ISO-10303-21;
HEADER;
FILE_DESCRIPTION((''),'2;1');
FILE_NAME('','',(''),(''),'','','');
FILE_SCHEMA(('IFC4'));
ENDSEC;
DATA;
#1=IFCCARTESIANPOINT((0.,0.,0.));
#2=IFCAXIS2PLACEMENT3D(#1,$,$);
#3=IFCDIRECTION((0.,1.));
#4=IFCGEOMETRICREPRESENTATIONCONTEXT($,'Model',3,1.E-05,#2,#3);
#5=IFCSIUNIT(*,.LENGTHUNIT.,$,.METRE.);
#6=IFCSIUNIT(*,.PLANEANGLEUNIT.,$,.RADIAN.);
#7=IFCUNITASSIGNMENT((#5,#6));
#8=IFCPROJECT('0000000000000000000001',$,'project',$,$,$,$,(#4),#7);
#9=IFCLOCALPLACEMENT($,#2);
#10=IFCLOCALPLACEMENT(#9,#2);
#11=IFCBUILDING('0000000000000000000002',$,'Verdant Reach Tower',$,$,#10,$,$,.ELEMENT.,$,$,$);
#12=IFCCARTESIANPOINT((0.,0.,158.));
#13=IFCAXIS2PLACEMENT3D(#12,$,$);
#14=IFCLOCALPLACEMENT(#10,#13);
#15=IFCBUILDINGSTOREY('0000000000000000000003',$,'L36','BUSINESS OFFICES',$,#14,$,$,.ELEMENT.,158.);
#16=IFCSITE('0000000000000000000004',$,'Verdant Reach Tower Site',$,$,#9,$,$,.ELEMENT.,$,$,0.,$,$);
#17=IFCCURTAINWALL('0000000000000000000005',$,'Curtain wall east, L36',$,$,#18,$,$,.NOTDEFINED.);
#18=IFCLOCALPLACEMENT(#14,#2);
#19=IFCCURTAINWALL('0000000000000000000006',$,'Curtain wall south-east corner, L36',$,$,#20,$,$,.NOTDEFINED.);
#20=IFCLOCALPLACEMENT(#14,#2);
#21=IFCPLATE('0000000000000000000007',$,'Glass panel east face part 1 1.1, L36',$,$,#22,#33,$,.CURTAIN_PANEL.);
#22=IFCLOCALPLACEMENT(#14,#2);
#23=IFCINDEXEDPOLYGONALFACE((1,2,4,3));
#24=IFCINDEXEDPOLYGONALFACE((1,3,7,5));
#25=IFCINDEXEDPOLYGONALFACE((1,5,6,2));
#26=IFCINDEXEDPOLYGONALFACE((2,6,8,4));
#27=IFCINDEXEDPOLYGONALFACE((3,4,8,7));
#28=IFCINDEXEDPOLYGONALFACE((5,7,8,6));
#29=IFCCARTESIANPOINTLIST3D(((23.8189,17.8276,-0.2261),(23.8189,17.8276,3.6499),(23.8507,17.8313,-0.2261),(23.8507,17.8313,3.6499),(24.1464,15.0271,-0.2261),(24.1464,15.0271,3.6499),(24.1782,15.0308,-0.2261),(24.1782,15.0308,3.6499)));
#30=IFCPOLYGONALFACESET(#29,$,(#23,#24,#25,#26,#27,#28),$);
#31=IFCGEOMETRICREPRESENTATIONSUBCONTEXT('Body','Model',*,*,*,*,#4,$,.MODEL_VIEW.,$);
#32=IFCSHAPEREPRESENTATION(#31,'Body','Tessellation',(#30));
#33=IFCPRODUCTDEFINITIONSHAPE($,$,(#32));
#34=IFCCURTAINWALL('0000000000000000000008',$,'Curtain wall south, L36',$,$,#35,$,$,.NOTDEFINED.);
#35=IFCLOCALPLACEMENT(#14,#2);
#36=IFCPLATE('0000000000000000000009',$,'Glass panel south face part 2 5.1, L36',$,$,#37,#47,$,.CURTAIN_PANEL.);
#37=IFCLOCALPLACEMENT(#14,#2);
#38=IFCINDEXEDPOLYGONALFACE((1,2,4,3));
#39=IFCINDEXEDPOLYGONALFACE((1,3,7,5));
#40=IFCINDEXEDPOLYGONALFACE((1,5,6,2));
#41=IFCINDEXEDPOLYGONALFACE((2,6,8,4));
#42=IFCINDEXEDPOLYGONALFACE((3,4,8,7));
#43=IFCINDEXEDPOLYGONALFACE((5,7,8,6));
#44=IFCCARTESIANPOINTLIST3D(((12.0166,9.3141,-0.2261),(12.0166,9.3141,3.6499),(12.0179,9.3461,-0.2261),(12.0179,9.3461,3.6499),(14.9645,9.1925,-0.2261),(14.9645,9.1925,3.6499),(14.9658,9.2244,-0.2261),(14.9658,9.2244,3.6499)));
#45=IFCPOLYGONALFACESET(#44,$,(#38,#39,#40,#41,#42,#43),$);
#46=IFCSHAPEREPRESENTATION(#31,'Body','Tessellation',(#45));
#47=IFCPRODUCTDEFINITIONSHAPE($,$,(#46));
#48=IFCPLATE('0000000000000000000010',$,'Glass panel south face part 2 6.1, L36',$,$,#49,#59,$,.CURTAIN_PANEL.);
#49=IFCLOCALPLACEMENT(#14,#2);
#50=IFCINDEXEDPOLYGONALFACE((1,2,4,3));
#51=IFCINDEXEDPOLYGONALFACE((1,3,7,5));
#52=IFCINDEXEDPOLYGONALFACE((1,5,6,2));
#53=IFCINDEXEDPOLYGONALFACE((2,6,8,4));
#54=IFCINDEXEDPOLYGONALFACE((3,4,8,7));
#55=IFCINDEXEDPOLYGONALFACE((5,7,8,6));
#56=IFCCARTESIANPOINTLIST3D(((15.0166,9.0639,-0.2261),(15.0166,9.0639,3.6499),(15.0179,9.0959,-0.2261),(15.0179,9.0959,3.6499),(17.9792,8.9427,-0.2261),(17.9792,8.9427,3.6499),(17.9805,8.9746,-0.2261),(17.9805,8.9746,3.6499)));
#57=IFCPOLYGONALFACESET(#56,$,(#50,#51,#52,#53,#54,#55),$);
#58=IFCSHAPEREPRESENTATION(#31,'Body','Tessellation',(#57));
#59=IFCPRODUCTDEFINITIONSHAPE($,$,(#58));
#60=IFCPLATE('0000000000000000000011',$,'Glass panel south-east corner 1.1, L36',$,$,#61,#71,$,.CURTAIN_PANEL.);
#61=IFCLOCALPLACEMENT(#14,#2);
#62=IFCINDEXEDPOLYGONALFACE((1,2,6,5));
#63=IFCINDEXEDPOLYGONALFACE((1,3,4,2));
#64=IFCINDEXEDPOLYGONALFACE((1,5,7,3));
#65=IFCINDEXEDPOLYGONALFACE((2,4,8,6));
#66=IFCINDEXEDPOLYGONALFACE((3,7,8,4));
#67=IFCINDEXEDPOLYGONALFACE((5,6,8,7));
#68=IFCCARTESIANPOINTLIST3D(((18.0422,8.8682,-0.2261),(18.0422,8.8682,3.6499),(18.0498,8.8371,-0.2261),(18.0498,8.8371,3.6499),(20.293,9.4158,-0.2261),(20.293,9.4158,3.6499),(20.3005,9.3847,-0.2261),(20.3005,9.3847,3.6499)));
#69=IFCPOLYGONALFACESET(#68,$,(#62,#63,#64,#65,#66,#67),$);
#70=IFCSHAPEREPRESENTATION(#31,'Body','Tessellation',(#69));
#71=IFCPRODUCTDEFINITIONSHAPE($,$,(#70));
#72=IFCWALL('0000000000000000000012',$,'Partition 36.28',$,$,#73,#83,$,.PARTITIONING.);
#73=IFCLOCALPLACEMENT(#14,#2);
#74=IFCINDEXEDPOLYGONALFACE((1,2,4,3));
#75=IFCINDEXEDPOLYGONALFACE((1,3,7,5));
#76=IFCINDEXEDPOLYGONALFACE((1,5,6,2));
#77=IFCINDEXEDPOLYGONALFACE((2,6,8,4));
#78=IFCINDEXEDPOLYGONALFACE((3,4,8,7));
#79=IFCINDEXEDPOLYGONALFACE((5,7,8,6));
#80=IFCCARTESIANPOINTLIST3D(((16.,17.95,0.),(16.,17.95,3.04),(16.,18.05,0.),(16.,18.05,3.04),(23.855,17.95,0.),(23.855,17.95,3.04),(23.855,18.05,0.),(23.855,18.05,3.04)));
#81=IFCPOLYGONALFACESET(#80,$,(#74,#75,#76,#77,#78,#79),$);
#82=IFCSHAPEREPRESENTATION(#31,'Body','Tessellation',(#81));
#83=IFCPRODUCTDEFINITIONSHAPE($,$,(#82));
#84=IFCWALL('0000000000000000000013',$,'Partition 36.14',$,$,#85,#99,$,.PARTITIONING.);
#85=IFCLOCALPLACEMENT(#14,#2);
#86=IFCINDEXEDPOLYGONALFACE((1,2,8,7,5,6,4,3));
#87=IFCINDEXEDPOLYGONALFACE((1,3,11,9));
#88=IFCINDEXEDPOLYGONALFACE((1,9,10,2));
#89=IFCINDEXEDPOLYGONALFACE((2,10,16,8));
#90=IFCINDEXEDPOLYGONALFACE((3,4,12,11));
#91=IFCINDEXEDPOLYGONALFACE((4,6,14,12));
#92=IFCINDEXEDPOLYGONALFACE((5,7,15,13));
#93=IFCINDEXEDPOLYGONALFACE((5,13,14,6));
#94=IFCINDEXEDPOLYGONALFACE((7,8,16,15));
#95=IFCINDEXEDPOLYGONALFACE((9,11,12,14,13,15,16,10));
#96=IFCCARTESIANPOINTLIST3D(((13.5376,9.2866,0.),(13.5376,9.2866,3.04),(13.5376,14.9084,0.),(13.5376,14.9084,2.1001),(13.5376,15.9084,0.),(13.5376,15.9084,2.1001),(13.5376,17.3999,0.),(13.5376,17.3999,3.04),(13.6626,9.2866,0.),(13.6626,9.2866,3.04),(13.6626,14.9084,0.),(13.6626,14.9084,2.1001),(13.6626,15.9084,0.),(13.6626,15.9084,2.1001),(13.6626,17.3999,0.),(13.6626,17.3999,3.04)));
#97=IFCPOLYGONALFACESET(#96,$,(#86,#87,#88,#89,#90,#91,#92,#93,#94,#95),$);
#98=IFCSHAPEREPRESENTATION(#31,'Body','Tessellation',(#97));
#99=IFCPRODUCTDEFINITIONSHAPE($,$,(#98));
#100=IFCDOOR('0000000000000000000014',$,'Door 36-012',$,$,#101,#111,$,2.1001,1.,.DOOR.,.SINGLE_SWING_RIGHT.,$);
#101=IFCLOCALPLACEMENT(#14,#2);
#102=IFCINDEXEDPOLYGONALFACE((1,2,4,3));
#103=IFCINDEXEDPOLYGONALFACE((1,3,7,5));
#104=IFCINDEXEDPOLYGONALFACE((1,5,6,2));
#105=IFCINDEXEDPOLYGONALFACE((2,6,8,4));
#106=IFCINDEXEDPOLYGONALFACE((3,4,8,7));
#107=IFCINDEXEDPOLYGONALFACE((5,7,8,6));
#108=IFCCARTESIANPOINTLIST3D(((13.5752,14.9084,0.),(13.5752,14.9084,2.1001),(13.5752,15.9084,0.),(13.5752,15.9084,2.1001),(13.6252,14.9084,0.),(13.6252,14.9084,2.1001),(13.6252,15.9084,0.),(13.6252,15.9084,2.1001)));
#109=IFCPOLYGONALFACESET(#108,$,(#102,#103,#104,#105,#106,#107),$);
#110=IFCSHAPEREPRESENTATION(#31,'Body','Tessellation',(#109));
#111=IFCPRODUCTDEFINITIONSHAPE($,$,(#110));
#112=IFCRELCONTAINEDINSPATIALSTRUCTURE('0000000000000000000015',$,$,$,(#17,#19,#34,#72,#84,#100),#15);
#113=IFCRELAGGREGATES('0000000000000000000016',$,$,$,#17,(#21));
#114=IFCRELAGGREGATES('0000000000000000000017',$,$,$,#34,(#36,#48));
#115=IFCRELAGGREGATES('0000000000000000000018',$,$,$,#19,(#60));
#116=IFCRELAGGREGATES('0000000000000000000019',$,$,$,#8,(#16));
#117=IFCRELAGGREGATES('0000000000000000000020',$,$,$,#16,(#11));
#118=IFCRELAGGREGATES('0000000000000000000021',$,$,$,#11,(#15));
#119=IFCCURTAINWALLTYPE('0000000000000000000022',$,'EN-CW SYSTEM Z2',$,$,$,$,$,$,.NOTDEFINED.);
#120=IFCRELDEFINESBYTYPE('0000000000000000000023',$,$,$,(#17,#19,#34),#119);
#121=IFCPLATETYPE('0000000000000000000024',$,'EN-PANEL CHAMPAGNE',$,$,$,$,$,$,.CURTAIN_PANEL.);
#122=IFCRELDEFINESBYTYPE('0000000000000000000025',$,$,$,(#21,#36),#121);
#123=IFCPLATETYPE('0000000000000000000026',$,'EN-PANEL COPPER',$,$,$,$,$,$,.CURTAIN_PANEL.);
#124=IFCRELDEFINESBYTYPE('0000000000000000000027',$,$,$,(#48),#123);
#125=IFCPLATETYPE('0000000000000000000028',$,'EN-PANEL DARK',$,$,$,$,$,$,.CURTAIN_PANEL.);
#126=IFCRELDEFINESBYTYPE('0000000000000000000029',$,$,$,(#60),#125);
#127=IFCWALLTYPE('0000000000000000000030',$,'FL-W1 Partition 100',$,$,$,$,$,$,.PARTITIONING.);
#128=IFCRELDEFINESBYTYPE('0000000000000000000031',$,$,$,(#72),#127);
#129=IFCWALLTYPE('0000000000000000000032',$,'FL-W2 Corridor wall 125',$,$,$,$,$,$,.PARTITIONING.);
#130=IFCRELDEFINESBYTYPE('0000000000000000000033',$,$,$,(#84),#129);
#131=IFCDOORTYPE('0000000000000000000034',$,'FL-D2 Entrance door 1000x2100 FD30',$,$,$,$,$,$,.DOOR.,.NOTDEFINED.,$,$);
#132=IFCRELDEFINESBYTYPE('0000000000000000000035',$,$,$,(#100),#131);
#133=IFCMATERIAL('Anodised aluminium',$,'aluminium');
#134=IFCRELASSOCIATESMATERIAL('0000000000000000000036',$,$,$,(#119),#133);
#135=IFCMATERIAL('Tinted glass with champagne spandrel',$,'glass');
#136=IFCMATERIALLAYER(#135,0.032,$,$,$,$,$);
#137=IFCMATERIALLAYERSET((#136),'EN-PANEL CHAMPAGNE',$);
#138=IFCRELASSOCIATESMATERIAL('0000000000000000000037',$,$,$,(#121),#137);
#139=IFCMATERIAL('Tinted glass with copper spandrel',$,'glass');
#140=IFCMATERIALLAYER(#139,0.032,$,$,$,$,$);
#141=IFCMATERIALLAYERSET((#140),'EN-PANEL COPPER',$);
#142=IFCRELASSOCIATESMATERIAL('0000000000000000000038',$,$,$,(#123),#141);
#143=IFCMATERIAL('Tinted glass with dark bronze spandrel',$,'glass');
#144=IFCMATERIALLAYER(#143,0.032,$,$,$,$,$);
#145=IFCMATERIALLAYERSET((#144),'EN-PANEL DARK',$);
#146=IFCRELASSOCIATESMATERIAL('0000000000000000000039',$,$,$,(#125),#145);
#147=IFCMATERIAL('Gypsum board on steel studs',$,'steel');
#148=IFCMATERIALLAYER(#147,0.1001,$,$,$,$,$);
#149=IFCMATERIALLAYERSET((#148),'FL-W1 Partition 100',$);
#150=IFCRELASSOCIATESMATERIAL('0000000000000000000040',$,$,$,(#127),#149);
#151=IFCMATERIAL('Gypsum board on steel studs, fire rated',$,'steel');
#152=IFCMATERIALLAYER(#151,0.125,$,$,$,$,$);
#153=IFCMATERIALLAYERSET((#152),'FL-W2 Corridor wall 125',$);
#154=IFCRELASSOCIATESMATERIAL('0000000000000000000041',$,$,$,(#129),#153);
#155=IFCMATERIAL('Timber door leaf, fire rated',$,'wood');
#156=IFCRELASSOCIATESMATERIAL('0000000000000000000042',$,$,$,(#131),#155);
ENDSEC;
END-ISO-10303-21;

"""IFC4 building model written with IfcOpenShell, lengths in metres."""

from ifc_helpers import new_model, si_unit, direction, frame, frame_2d, origin, origin_2d, place, context, subcontext, project, spatial, rectangle, extrude, material, layer, layer_set, type_object, element, fill, aggregate, save


model = new_model("IFC4")

# Units and contexts
model_context = context("Model", 3, precision=1e-05, world=origin(), true_north=direction((0.0, 1.0)))
body_context = subcontext(model_context, "Body", "Model", "MODEL_VIEW")
ifc_project = project(units=[si_unit("LENGTHUNIT", "METRE"), si_unit("PLANEANGLEUNIT", "RADIAN")], contexts=[model_context])

# Site, building, storey
site_placement = place(None, origin())
site = spatial("IfcSite", under=ifc_project, at=site_placement, Name="Verdant Reach Tower Site", CompositionType="ELEMENT", RefElevation=0.0)
building_placement = place(site_placement, origin())
building = spatial("IfcBuilding", under=site, at=building_placement, Name="Verdant Reach Tower", CompositionType="ELEMENT")
storey_placement = place(building_placement, frame((0.0, 0.0, 158.0)))
storey = spatial("IfcBuildingStorey", under=building, at=storey_placement, Name="L36", Description="BUSINESS OFFICES", CompositionType="ELEMENT", Elevation=158.0)

# Curtain wall
ifc_material_1 = material(Name="Anodised aluminium", Category="aluminium")
curtain_wall_type = type_object("IfcCurtainWallType", Name="EN-CW SYSTEM Z2", PredefinedType="NOTDEFINED", material=ifc_material_1)
curtain_wall_1_placement = place(storey_placement, origin())
curtain_wall_1 = element("IfcCurtainWall", 1, at=curtain_wall_1_placement, inside=storey, type_object=curtain_wall_type, Name="Curtain wall east, L36", PredefinedType="NOTDEFINED")

# Curtain wall
curtain_wall_2_placement = place(storey_placement, origin())
curtain_wall_2 = element("IfcCurtainWall", 2, at=curtain_wall_2_placement, inside=storey, type_object=curtain_wall_type, Name="Curtain wall south-east corner, L36", PredefinedType="NOTDEFINED")
ifc_material_2 = material(Name="Tinted glass with champagne spandrel", Category="glass")
ifc_layer_1 = layer(ifc_material_2, 0.032)
ifc_layer_set_1 = layer_set([ifc_layer_1], Name="EN-PANEL CHAMPAGNE")
plate_type_1 = type_object("IfcPlateType", Name="EN-PANEL CHAMPAGNE", PredefinedType="CURTAIN_PANEL", material=ifc_layer_set_1)

# Plate
plate_1_placement = place(storey_placement, frame((23.9985, 16.4292, -0.2261), z_axis=(0.0, 0.0, 1.0), x_axis=(-0.116147, 0.993232, 0.0)))
plate_1 = element("IfcPlate", 3, at=plate_1_placement, type_object=plate_type_1, Name="Glass panel east face part 1 1.1, L36", PredefinedType="CURTAIN_PANEL", context=body_context, shape_type="SweptSolid", body=[
    extrude(rectangle(XDim=2.8196, YDim=0.032, at=origin_2d()), origin(), (0.0, 0.0, 1.0), 3.876),
])
aggregate(curtain_wall_1, [plate_1])

# Curtain wall, plates
curtain_wall_3_placement = place(storey_placement, origin())
curtain_wall_3 = element("IfcCurtainWall", 4, at=curtain_wall_3_placement, inside=storey, type_object=curtain_wall_type, Name="Curtain wall south, L36", PredefinedType="NOTDEFINED")
plate_2_placement = place(storey_placement, frame((13.4912, 9.2693, -0.2261), z_axis=(0.0, 0.0, 1.0), x_axis=(0.999149, -0.041242, 0.0)))
plate_2 = element("IfcPlate", 5, at=plate_2_placement, type_object=plate_type_1, Name="Glass panel south face part 2 5.1, L36", PredefinedType="CURTAIN_PANEL", context=body_context, shape_type="SweptSolid", body=[
    extrude(rectangle(XDim=2.9504, YDim=0.032, at=origin_2d()), origin(), (0.0, 0.0, 1.0), 3.876),
])
ifc_material_3 = material(Name="Tinted glass with copper spandrel", Category="glass")
ifc_layer_2 = layer(ifc_material_3, 0.032)
ifc_layer_set_2 = layer_set([ifc_layer_2], Name="EN-PANEL COPPER")
plate_type_2 = type_object("IfcPlateType", Name="EN-PANEL COPPER", PredefinedType="CURTAIN_PANEL", material=ifc_layer_set_2)
plate_3_placement = place(storey_placement, frame((16.4985, 9.0193, -0.2261), z_axis=(0.0, 0.0, 1.0), x_axis=(0.999163, -0.0409, 0.0)))
plate_3 = element("IfcPlate", 6, at=plate_3_placement, type_object=plate_type_2, Name="Glass panel south face part 2 6.1, L36", PredefinedType="CURTAIN_PANEL", context=body_context, shape_type="SweptSolid", body=[
    extrude(rectangle(XDim=2.9651, YDim=0.032, at=origin_2d()), origin(), (0.0, 0.0, 1.0), 3.876),
])
aggregate(curtain_wall_3, [plate_2, plate_3])

# Plate
ifc_material_4 = material(Name="Tinted glass with dark bronze spandrel", Category="glass")
ifc_layer_3 = layer(ifc_material_4, 0.032)
ifc_layer_set_3 = layer_set([ifc_layer_3], Name="EN-PANEL DARK")
plate_type_3 = type_object("IfcPlateType", Name="EN-PANEL DARK", PredefinedType="CURTAIN_PANEL", material=ifc_layer_set_3)
plate_4_placement = place(storey_placement, frame((19.1714, 9.1265, -0.2261), z_axis=(0.0, 0.0, 1.0), x_axis=(0.971658, 0.236391, 0.0)))
plate_4 = element("IfcPlate", 7, at=plate_4_placement, type_object=plate_type_3, Name="Glass panel south-east corner 1.1, L36", PredefinedType="CURTAIN_PANEL", context=body_context, shape_type="SweptSolid", body=[
    extrude(rectangle(XDim=2.3164, YDim=0.032, at=origin_2d()), origin(), (0.0, 0.0, 1.0), 3.876),
])
aggregate(curtain_wall_2, [plate_4])

# Wall
ifc_material_5 = material(Name="Gypsum board on steel studs", Category="steel")
ifc_layer_4 = layer(ifc_material_5, 0.1001)
ifc_layer_set_4 = layer_set([ifc_layer_4], Name="FL-W1 Partition 100")
wall_type_1 = type_object("IfcWallType", Name="FL-W1 Partition 100", PredefinedType="PARTITIONING", material=ifc_layer_set_4)
wall_1_placement = place(storey_placement, frame((23.855, 18.0, 0.0), z_axis=(0.0, 0.0, 1.0), x_axis=(-1.0, 0.0, 0.0)))
element("IfcWall", 8, at=wall_1_placement, inside=storey, type_object=wall_type_1, Name="Partition 36.28", PredefinedType="PARTITIONING", context=body_context, shape_type="SweptSolid", body=[
    extrude(rectangle(XDim=7.855, YDim=0.1001, at=frame_2d((3.9275, 0.0))), origin(), (0.0, 0.0, 1.0), 3.04),
])

# Wall, opening, door
ifc_material_6 = material(Name="Gypsum board on steel studs, fire rated", Category="steel")
ifc_layer_5 = layer(ifc_material_6, 0.125)
ifc_layer_set_5 = layer_set([ifc_layer_5], Name="FL-W2 Corridor wall 125")
wall_type_2 = type_object("IfcWallType", Name="FL-W2 Corridor wall 125", PredefinedType="PARTITIONING", material=ifc_layer_set_5)
ifc_material_7 = material(Name="Timber door leaf, fire rated", Category="wood")
door_type = type_object("IfcDoorType", Name="FL-D2 Entrance door 1000x2100 FD30", OperationType="NOTDEFINED", PredefinedType="DOOR", material=ifc_material_7)
wall_2_placement = place(storey_placement, frame((13.6001, 9.2866, 0.0), z_axis=(0.0, 0.0, 1.0), x_axis=(0.0, 1.0, 0.0)))
wall_2 = element("IfcWall", 9, at=wall_2_placement, inside=storey, type_object=wall_type_2, Name="Partition 36.14", PredefinedType="PARTITIONING", context=body_context, shape_type="SweptSolid", body=[
    extrude(rectangle(XDim=8.1133, YDim=0.125, at=frame_2d((4.0566, 0.0))), origin(), (0.0, 0.0, 1.0), 3.04),
])
opening_1_placement = place(wall_2_placement, frame((5.6218, 0.0, 0.0)))
opening_1 = element("IfcOpeningElement", 10, at=opening_1_placement, cuts=wall_2, PredefinedType="OPENING", context=body_context, shape_type="SweptSolid", body=[
    extrude(rectangle(XDim=1.0, YDim=2.1001, at=frame_2d((0.5, 1.05))), frame((0.0, 0.0725, 0.0), z_axis=(0.0, -1.0, 0.0), x_axis=(1.0, 0.0, 0.0)), (0.0, 0.0, 1.0), 0.145),
])
door_1_placement = place(opening_1_placement, origin())
door_1 = element("IfcDoor", 11, at=door_1_placement, inside=storey, type_object=door_type, Name="Door 36-012", OperationType="SINGLE_SWING_RIGHT", OverallHeight=2.1001, OverallWidth=1.0, PredefinedType="DOOR", context=body_context, shape_type="SweptSolid", body=[
    extrude(rectangle(XDim=1.0, YDim=2.1001, at=frame_2d((0.5, 1.05))), frame((0.0, 0.0249, 0.0), z_axis=(0.0, -1.0, 0.0), x_axis=(1.0, 0.0, 0.0)), (0.0, 0.0, 1.0), 0.05),
])
fill(opening_1, door_1)

save(model, "model.ifc")
